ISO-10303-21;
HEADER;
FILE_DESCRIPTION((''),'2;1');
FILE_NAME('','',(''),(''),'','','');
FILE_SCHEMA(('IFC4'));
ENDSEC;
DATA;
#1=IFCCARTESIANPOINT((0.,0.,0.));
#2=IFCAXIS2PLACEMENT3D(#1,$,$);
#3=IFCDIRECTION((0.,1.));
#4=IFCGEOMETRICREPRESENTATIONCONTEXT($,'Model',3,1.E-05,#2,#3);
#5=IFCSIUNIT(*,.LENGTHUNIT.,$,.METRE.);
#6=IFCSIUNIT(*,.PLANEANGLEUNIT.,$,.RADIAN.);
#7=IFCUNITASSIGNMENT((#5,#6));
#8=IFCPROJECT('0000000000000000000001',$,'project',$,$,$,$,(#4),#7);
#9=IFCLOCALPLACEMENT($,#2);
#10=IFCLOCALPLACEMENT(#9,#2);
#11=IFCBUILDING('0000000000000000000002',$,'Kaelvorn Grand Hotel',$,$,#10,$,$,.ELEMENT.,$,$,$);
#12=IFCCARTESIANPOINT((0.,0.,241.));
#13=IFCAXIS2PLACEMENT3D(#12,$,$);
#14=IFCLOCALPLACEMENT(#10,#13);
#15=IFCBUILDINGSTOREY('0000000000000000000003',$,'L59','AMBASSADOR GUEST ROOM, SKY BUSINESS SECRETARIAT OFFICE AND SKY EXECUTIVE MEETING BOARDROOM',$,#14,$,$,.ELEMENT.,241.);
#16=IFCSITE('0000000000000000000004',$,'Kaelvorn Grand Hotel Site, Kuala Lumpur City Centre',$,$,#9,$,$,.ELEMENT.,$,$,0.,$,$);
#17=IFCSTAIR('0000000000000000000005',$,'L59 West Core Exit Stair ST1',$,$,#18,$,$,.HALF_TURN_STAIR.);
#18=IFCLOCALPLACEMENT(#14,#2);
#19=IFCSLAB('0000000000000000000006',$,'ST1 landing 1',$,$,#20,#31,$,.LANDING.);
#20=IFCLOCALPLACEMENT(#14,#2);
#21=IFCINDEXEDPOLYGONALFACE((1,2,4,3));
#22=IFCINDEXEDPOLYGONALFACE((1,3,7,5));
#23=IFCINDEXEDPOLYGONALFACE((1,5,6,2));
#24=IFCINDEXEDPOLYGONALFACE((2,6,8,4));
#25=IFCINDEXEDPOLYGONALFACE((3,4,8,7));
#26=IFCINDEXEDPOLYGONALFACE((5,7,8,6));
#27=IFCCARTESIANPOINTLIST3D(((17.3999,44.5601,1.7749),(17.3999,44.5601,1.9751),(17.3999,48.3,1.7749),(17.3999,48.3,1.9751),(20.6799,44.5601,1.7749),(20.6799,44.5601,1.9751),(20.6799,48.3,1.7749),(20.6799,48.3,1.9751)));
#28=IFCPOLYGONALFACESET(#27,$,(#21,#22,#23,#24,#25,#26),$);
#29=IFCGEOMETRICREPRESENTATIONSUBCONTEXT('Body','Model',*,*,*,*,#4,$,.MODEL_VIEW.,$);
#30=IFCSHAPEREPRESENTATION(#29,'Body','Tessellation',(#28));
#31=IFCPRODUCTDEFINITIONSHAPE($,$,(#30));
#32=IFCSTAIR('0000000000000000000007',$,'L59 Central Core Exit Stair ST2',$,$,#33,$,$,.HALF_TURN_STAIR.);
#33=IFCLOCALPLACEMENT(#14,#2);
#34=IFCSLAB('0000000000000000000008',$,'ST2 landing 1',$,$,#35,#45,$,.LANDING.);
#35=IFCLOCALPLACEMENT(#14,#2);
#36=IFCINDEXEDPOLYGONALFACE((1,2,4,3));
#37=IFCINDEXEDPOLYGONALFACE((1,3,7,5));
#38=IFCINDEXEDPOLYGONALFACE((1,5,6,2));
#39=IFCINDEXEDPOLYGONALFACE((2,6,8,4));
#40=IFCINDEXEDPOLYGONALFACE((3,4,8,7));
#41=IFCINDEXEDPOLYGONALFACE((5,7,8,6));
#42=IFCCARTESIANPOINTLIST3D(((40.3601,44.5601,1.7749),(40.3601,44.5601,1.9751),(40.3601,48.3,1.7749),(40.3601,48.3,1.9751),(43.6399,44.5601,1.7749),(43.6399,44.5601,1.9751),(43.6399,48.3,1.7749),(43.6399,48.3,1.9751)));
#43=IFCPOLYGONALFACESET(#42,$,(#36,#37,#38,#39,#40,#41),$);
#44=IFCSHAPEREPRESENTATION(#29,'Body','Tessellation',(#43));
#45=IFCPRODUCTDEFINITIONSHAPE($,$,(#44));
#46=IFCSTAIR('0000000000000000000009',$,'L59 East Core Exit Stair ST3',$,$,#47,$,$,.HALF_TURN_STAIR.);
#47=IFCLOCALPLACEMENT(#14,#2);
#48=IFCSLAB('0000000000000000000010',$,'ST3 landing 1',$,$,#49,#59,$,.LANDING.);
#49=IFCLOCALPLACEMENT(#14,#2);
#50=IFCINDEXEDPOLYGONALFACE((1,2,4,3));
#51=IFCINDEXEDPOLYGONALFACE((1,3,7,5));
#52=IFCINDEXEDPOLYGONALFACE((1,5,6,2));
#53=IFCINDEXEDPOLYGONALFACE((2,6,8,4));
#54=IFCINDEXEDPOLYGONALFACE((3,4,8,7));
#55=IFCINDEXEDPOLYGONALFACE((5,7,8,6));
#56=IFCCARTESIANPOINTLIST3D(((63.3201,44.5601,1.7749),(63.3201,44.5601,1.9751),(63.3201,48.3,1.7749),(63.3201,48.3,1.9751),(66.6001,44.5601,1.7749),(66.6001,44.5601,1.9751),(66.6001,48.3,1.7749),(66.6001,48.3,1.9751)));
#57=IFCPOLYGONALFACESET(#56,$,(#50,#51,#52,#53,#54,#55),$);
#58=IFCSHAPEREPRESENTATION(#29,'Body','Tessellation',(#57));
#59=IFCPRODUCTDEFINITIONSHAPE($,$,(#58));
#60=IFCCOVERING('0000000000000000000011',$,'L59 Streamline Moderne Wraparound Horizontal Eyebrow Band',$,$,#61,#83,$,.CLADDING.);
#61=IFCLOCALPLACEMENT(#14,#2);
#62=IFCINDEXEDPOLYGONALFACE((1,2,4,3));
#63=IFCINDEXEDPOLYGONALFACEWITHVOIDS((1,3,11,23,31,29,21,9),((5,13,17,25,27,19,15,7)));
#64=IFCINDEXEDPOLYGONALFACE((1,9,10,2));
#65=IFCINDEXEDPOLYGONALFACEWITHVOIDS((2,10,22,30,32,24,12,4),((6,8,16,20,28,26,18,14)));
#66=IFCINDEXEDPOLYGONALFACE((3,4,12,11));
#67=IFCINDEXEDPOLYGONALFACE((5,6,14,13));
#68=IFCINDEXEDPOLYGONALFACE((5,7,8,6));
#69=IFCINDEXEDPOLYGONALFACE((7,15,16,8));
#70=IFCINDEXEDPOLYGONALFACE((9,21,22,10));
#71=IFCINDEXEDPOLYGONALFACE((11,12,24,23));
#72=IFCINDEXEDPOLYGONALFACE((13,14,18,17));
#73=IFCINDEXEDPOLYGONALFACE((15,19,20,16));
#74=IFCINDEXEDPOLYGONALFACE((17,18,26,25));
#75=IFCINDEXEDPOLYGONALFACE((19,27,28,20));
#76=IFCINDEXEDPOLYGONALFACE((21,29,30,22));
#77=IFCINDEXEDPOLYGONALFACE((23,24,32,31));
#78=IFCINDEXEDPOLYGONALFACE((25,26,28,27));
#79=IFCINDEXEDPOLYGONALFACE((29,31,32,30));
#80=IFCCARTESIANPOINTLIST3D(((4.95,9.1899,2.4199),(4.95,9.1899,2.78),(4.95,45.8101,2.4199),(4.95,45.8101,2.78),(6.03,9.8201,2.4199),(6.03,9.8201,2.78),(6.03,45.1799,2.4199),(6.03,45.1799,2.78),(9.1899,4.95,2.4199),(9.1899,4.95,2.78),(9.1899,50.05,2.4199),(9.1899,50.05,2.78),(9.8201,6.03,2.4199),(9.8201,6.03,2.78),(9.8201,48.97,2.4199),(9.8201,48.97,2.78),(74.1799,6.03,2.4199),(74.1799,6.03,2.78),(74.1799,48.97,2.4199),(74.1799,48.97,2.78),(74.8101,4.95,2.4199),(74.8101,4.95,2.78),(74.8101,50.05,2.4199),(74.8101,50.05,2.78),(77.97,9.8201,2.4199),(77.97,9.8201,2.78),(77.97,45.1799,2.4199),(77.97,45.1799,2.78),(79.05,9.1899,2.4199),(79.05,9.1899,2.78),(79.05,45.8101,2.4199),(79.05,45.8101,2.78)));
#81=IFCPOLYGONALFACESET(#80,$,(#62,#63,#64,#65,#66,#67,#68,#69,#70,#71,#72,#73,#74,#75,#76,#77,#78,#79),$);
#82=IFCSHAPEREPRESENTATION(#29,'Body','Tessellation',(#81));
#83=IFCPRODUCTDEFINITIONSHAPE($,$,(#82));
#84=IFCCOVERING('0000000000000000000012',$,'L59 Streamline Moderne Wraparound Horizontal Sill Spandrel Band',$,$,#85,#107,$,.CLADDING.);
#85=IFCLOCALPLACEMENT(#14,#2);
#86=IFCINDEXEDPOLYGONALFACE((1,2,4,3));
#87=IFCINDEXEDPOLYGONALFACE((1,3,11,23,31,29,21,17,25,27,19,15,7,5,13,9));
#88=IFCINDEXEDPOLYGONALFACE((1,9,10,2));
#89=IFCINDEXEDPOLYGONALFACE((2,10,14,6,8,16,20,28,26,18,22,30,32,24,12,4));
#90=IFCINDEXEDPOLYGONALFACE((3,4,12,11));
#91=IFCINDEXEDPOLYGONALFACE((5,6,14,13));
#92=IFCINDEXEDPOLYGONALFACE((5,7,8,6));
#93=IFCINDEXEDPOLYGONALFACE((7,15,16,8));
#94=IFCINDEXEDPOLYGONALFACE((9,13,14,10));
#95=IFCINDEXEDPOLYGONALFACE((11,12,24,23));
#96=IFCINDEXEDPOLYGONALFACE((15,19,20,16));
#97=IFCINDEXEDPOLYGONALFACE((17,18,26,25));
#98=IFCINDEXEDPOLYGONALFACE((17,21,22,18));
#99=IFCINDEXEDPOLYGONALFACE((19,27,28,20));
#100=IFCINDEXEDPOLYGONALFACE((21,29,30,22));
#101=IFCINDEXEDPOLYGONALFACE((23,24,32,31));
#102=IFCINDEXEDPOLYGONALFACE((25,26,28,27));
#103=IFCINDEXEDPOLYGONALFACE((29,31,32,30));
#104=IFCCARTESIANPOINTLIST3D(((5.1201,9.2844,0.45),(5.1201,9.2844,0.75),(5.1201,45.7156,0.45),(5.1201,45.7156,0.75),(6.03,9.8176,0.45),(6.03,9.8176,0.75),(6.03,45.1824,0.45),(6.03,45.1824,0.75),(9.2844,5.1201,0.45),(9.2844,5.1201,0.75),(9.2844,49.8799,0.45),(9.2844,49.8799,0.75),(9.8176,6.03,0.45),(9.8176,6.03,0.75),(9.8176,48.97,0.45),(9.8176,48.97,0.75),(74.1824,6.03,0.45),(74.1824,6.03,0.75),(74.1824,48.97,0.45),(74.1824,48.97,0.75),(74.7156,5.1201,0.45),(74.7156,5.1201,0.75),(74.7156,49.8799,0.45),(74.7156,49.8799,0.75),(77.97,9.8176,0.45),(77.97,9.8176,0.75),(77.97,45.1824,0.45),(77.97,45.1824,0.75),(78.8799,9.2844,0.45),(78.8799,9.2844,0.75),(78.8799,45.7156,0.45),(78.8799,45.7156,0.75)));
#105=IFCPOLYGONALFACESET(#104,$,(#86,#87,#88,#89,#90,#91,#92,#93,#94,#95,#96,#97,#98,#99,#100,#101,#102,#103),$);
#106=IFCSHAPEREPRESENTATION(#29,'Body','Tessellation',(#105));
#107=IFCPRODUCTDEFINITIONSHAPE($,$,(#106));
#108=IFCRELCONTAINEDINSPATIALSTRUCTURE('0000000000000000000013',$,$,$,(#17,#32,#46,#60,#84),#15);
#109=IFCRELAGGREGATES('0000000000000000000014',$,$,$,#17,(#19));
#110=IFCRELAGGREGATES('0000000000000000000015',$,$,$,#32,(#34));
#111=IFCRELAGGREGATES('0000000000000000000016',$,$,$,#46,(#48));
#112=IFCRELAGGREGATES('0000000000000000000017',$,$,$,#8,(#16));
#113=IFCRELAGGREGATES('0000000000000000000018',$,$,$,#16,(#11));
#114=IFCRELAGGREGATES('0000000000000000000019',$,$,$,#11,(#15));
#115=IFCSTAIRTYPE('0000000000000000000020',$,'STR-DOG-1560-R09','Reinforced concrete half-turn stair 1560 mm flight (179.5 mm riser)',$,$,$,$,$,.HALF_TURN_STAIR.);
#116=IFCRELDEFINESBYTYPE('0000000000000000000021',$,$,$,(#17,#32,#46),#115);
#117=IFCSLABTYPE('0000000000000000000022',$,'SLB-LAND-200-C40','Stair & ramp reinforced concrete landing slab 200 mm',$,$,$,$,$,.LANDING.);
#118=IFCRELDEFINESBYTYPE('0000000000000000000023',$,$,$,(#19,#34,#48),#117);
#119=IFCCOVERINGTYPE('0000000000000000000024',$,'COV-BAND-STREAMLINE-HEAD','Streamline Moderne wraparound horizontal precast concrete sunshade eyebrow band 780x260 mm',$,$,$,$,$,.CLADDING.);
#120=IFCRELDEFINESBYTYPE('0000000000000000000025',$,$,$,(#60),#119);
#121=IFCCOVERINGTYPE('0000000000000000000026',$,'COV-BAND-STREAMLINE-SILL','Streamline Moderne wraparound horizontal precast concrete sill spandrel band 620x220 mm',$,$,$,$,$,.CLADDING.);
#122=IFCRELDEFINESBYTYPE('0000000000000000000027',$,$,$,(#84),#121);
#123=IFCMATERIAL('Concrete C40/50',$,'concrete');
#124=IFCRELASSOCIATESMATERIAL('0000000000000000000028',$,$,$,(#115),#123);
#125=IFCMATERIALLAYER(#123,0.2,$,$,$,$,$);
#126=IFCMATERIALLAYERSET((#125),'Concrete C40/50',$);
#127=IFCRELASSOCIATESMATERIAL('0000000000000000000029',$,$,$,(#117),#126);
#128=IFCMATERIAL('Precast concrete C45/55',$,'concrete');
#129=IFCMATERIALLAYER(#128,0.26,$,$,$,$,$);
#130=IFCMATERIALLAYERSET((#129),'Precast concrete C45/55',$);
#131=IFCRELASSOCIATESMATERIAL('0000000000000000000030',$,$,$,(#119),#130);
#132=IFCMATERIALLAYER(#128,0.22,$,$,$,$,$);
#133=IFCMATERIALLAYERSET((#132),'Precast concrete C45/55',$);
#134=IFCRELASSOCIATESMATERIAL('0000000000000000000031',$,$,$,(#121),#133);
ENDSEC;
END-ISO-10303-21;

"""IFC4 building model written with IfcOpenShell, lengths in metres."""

from ifc_helpers import new_model, si_unit, direction, frame, origin, place, context, subcontext, project, spatial, polyline, outline, extrude, material, layer, layer_set, type_object, element, aggregate, save


model = new_model("IFC4")

# Units and contexts
model_context = context("Model", 3, precision=1e-05, world=origin(), true_north=direction((0.0, 1.0)))
body_context = subcontext(model_context, "Body", "Model", "MODEL_VIEW")
ifc_project = project(units=[si_unit("LENGTHUNIT", "METRE"), si_unit("PLANEANGLEUNIT", "RADIAN")], contexts=[model_context])

# Site, building, storey
site_placement = place(None, origin())
site = spatial("IfcSite", under=ifc_project, at=site_placement, Name="Kaelvorn Grand Hotel Site, Kuala Lumpur City Centre", CompositionType="ELEMENT", RefElevation=0.0)
building_placement = place(site_placement, origin())
building = spatial("IfcBuilding", under=site, at=building_placement, Name="Kaelvorn Grand Hotel", CompositionType="ELEMENT")
storey_placement = place(building_placement, frame((0.0, 0.0, 241.0)))
storey = spatial("IfcBuildingStorey", under=building, at=storey_placement, Name="L59", Description="AMBASSADOR GUEST ROOM, SKY BUSINESS SECRETARIAT OFFICE AND SKY EXECUTIVE MEETING BOARDROOM", CompositionType="ELEMENT", Elevation=241.0)

# Shared definitions
ifc_material_1 = material(Name="Precast concrete C45/55", Category="concrete")

# Shared definitions
ifc_material_2 = material(Name="Concrete C40/50", Category="concrete")

# Stairs, slabs
stair_type = type_object("IfcStairType", Name="STR-DOG-1560-R09", Description="Reinforced concrete half-turn stair 1560 mm flight (179.5 mm riser)", PredefinedType="HALF_TURN_STAIR", material=ifc_material_2)
stair_1_placement = place(storey_placement, origin())
stair_1 = element("IfcStair", 1, at=stair_1_placement, inside=storey, type_object=stair_type, Name="L59 West Core Exit Stair ST1", PredefinedType="HALF_TURN_STAIR")
ifc_layer_1 = layer(ifc_material_2, 0.2)
ifc_layer_set_1 = layer_set([ifc_layer_1], Name="Concrete C40/50")
slab_type_1 = type_object("IfcSlabType", Name="SLB-LAND-200-C40", Description="Stair & ramp reinforced concrete landing slab 200 mm", PredefinedType="LANDING", material=ifc_layer_set_1)
slab_1_placement = place(storey_placement, frame((0.0, 0.0, 1.7749)))
slab_1 = element("IfcSlab", 2, at=slab_1_placement, type_object=slab_type_1, Name="ST1 landing 1", PredefinedType="LANDING", context=body_context, shape_type="SweptSolid", body=[
    extrude(outline(polyline([(20.6799, 44.5601), (20.6799, 48.3), (17.3999, 48.3), (17.3999, 44.5601), (20.6799, 44.5601)])), origin(), (0.0, 0.0, 1.0), 0.2002),
])
aggregate(stair_1, [slab_1])
stair_2_placement = place(storey_placement, origin())
stair_2 = element("IfcStair", 3, at=stair_2_placement, inside=storey, type_object=stair_type, Name="L59 Central Core Exit Stair ST2", PredefinedType="HALF_TURN_STAIR")
slab_2_placement = place(storey_placement, frame((0.0, 0.0, 1.7749)))
slab_2 = element("IfcSlab", 4, at=slab_2_placement, type_object=slab_type_1, Name="ST2 landing 1", PredefinedType="LANDING", context=body_context, shape_type="SweptSolid", body=[
    extrude(outline(polyline([(43.6399, 44.5601), (43.6399, 48.3), (40.3601, 48.3), (40.3601, 44.5601), (43.6399, 44.5601)])), origin(), (0.0, 0.0, 1.0), 0.2002),
])
aggregate(stair_2, [slab_2])
stair_3_placement = place(storey_placement, origin())
stair_3 = element("IfcStair", 5, at=stair_3_placement, inside=storey, type_object=stair_type, Name="L59 East Core Exit Stair ST3", PredefinedType="HALF_TURN_STAIR")
slab_3_placement = place(storey_placement, frame((0.0, 0.0, 1.7749)))
slab_3 = element("IfcSlab", 6, at=slab_3_placement, type_object=slab_type_1, Name="ST3 landing 1", PredefinedType="LANDING", context=body_context, shape_type="SweptSolid", body=[
    extrude(outline(polyline([(66.6001, 44.5601), (66.6001, 48.3), (63.3201, 48.3), (63.3201, 44.5601), (66.6001, 44.5601)])), origin(), (0.0, 0.0, 1.0), 0.2002),
])
aggregate(stair_3, [slab_3])

# Coverings
ifc_layer_2 = layer(ifc_material_1, 0.26)
ifc_layer_set_2 = layer_set([ifc_layer_2], Name="Precast concrete C45/55")
covering_type_1 = type_object("IfcCoveringType", Name="COV-BAND-STREAMLINE-HEAD", Description="Streamline Moderne wraparound horizontal precast concrete sunshade eyebrow band 780x260 mm", PredefinedType="CLADDING", material=ifc_layer_set_2)
covering_1_placement = place(storey_placement, frame((0.0, 0.0, 2.4199)))
element("IfcCovering", 7, at=covering_1_placement, inside=storey, type_object=covering_type_1, Name="L59 Streamline Moderne Wraparound Horizontal Eyebrow Band", PredefinedType="CLADDING", context=body_context, shape_type="SweptSolid", body=[
    extrude(outline(polyline([(9.1899, 4.95), (74.8101, 4.95), (79.05, 9.1899), (79.05, 45.8101), (74.8101, 50.05), (9.1899, 50.05), (4.95, 45.8101), (4.95, 9.1899), (9.1899, 4.95)]), holes=[polyline([(9.8201, 6.03), (74.1799, 6.03), (77.97, 9.8201), (77.97, 45.1799), (74.1799, 48.97), (9.8201, 48.97), (6.03, 45.1799), (6.03, 9.8201), (9.8201, 6.03)])]), origin(), (0.0, 0.0, 1.0), 0.3601),
])
ifc_layer_3 = layer(ifc_material_1, 0.22)
ifc_layer_set_3 = layer_set([ifc_layer_3], Name="Precast concrete C45/55")
covering_type_2 = type_object("IfcCoveringType", Name="COV-BAND-STREAMLINE-SILL", Description="Streamline Moderne wraparound horizontal precast concrete sill spandrel band 620x220 mm", PredefinedType="CLADDING", material=ifc_layer_set_3)
covering_2_placement = place(storey_placement, frame((0.0, 0.0, 0.45)))
element("IfcCovering", 8, at=covering_2_placement, inside=storey, type_object=covering_type_2, Name="L59 Streamline Moderne Wraparound Horizontal Sill Spandrel Band", PredefinedType="CLADDING", context=body_context, shape_type="SweptSolid", body=[
    extrude(outline(polyline([(74.7156, 5.1201), (78.8799, 9.2844), (78.8799, 45.7156), (74.7156, 49.8799), (9.2844, 49.8799), (5.1201, 45.7156), (5.1201, 9.2844), (9.2844, 5.1201), (9.8176, 6.03), (6.03, 9.8176), (6.03, 45.1824), (9.8176, 48.97), (74.1824, 48.97), (77.97, 45.1824), (77.97, 9.8176), (74.1824, 6.03), (74.7156, 5.1201)])), origin(), (0.0, 0.0, 1.0), 0.3),
])

save(model, "model.ifc")
